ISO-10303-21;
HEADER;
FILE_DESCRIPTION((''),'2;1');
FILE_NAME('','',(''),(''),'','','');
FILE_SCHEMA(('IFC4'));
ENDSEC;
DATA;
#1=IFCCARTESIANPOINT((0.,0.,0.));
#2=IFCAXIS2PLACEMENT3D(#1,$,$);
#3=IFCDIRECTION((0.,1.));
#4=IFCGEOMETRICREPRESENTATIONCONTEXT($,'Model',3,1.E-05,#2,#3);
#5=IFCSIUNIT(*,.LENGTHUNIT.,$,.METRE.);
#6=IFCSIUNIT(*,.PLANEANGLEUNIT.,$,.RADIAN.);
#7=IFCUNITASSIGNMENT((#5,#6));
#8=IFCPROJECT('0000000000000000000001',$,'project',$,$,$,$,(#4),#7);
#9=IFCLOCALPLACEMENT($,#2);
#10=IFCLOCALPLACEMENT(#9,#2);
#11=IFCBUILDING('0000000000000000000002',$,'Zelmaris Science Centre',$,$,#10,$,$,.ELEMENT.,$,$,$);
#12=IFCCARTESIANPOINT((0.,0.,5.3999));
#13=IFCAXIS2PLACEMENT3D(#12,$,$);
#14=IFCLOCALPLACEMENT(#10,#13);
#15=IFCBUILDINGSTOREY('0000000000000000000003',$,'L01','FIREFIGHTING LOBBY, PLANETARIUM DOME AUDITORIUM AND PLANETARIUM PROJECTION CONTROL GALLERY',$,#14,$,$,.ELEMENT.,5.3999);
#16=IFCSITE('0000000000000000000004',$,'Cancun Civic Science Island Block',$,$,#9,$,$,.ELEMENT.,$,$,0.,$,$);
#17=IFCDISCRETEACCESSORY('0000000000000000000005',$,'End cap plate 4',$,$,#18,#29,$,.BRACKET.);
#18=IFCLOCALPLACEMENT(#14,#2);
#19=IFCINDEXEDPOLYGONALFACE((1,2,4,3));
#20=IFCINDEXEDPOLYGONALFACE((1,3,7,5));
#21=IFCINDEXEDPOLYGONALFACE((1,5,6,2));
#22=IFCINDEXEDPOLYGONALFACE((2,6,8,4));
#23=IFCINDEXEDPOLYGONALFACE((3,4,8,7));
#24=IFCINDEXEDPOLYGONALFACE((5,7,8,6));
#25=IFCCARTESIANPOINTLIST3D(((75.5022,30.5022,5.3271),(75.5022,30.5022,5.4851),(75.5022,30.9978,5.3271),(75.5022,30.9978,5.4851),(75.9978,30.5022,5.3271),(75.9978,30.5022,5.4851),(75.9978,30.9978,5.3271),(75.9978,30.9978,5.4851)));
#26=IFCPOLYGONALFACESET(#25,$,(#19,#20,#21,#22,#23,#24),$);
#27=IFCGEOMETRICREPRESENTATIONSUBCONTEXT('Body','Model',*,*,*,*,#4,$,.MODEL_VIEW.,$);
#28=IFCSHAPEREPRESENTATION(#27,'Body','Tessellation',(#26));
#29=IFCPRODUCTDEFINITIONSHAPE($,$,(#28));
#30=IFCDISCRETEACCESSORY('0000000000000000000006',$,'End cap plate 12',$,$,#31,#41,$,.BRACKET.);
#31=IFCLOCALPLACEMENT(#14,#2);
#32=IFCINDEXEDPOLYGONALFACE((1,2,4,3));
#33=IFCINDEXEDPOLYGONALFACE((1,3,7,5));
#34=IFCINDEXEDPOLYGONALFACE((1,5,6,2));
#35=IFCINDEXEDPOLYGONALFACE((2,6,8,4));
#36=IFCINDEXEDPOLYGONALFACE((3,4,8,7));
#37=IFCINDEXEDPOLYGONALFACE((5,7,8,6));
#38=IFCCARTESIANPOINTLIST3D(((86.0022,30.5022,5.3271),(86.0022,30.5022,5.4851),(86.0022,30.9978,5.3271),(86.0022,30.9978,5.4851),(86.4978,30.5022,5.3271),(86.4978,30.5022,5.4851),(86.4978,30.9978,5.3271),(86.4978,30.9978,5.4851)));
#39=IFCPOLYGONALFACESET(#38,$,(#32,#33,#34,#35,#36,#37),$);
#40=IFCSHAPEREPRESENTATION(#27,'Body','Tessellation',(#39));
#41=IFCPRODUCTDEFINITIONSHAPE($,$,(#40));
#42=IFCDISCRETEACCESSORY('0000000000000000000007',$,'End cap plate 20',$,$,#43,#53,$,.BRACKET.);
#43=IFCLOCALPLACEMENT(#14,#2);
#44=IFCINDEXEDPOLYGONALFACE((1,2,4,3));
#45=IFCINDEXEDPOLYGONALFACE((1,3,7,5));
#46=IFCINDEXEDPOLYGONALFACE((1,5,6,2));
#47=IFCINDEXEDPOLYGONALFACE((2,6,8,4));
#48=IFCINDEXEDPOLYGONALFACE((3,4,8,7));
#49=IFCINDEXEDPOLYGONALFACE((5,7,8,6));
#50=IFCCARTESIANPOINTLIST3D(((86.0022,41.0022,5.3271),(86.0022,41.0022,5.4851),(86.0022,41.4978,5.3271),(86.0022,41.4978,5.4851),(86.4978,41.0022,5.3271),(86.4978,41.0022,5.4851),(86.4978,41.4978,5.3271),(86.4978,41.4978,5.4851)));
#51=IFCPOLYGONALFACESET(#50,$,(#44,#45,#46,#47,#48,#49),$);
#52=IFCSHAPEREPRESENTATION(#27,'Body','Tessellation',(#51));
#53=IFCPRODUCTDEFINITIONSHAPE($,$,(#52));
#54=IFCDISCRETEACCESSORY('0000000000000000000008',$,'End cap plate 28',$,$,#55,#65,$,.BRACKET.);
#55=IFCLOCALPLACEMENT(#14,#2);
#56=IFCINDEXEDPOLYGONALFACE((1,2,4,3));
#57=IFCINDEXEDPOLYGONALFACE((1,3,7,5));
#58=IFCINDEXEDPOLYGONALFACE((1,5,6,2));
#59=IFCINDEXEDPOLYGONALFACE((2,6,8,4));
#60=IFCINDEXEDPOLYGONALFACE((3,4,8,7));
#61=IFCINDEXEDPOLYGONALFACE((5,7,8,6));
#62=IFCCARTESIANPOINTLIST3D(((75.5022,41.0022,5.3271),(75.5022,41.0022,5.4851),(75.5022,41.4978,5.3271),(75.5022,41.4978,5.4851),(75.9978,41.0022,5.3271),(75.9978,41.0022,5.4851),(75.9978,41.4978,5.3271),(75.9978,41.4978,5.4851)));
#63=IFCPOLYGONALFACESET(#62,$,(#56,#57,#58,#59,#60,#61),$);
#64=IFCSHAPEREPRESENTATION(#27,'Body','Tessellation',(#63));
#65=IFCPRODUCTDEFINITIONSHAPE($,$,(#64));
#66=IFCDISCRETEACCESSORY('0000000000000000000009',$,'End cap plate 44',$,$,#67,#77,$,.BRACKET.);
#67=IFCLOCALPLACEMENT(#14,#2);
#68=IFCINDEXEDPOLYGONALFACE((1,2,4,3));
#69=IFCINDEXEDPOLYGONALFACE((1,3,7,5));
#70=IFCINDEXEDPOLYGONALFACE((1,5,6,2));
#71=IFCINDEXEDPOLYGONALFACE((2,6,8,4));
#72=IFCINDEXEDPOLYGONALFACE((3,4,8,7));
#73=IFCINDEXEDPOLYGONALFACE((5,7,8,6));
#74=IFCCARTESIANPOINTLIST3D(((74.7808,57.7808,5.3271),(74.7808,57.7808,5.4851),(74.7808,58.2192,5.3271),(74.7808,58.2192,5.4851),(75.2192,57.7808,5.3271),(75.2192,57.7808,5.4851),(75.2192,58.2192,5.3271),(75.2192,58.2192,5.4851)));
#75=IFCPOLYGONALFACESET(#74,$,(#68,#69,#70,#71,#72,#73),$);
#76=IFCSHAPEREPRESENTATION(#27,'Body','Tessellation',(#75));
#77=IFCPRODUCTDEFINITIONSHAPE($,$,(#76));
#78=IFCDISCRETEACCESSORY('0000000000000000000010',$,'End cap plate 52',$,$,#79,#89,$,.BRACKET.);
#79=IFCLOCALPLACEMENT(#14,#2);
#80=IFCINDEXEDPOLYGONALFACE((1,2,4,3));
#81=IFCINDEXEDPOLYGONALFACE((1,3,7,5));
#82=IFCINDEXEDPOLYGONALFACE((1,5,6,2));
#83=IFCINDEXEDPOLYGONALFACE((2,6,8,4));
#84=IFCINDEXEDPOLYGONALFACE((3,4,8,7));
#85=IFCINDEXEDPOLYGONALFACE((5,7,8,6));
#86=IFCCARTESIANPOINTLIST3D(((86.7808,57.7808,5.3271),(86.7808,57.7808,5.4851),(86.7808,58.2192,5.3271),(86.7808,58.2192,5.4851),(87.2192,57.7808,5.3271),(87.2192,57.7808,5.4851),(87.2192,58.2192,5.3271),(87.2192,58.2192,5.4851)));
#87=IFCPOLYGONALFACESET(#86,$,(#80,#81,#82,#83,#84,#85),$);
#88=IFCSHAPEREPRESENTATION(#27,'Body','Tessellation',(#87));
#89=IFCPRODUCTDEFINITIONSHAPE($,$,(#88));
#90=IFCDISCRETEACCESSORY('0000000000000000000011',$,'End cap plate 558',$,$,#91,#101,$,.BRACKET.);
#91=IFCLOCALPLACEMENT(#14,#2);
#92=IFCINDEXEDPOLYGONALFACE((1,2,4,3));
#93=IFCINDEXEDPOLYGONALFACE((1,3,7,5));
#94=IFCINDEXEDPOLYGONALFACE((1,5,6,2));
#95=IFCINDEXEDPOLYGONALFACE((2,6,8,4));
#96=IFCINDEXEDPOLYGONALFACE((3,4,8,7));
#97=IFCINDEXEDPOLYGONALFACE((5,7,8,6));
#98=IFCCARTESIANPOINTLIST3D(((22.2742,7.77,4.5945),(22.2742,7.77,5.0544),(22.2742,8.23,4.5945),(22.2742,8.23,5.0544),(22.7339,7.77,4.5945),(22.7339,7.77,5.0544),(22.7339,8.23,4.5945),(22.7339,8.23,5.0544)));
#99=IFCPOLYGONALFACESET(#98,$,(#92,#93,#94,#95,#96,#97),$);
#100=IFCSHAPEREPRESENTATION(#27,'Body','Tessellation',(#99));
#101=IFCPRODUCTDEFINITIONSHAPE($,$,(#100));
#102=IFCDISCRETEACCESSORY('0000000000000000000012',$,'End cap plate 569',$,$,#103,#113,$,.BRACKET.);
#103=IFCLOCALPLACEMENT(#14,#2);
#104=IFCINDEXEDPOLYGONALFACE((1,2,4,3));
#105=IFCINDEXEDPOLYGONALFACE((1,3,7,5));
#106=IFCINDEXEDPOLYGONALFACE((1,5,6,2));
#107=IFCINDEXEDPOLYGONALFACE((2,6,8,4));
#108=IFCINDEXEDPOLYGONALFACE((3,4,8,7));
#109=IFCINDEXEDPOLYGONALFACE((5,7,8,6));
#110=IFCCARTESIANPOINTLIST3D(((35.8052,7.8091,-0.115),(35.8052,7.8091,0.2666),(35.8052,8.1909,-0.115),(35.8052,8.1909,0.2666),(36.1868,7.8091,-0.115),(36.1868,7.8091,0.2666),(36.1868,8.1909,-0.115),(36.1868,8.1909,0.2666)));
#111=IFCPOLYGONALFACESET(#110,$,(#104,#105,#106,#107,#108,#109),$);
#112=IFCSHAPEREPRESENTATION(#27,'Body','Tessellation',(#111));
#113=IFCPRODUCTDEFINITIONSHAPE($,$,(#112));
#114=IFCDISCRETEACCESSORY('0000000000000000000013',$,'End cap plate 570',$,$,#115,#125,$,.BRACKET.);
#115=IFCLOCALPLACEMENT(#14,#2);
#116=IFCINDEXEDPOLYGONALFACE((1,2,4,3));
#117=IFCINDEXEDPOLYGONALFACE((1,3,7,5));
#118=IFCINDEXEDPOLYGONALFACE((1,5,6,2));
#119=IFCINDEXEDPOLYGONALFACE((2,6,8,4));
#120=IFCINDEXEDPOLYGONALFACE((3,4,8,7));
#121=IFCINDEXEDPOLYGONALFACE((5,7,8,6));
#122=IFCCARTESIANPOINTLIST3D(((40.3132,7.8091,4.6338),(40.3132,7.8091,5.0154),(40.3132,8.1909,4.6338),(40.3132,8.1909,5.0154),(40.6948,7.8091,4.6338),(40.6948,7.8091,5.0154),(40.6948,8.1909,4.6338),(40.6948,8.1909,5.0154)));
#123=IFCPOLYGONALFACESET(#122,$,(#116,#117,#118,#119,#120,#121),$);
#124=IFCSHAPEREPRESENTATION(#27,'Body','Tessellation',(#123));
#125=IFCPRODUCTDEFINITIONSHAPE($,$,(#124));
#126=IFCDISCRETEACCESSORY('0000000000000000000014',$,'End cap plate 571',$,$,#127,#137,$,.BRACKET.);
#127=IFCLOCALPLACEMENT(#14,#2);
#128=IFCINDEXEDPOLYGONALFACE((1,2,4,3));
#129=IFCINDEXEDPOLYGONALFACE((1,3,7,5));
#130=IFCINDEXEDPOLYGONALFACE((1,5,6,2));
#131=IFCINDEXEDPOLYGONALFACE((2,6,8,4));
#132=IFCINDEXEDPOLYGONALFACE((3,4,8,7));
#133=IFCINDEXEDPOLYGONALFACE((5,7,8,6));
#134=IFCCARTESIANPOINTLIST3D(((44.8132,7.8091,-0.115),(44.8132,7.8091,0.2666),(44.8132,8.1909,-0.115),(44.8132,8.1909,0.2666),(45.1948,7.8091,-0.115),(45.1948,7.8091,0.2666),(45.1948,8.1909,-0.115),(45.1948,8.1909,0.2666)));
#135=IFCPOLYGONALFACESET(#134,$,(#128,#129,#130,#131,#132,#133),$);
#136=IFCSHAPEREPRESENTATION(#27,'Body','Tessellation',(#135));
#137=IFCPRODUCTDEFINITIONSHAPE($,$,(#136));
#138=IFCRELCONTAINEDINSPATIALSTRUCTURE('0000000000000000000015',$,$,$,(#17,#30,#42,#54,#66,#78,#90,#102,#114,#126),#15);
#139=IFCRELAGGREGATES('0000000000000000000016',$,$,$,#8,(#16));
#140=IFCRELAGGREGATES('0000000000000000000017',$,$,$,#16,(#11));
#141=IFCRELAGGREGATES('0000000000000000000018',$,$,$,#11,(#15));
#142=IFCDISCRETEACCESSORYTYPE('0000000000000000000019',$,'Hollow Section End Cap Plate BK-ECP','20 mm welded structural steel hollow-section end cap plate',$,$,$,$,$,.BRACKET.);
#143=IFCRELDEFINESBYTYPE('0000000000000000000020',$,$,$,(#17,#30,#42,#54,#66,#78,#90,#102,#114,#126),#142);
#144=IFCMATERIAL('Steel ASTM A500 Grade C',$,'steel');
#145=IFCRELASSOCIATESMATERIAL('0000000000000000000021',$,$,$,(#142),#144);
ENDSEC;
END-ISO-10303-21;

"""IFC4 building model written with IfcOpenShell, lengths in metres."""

from ifc_helpers import new_model, si_unit, direction, frame, origin, place, context, subcontext, project, spatial, polyline, outline, extrude, material, type_object, element, save


model = new_model("IFC4")

# Units and contexts
model_context = context("Model", 3, precision=1e-05, world=origin(), true_north=direction((0.0, 1.0)))
body_context = subcontext(model_context, "Body", "Model", "MODEL_VIEW")
ifc_project = project(units=[si_unit("LENGTHUNIT", "METRE"), si_unit("PLANEANGLEUNIT", "RADIAN")], contexts=[model_context])

# Site, building, storey
site_placement = place(None, origin())
site = spatial("IfcSite", under=ifc_project, at=site_placement, Name="Cancun Civic Science Island Block", CompositionType="ELEMENT", RefElevation=0.0)
building_placement = place(site_placement, origin())
building = spatial("IfcBuilding", under=site, at=building_placement, Name="Zelmaris Science Centre", CompositionType="ELEMENT")
storey_placement = place(building_placement, frame((0.0, 0.0, 5.3999)))
storey = spatial("IfcBuildingStorey", under=building, at=storey_placement, Name="L01", Description="FIREFIGHTING LOBBY, PLANETARIUM DOME AUDITORIUM AND PLANETARIUM PROJECTION CONTROL GALLERY", CompositionType="ELEMENT", Elevation=5.3999)

# Discrete accessories
ifc_material_1 = material(Name="Steel ASTM A500 Grade C", Category="steel")
discrete_accessory_type_1 = type_object("IfcDiscreteAccessoryType", Name="Hollow Section End Cap Plate BK-ECP", Description="20 mm welded structural steel hollow-section end cap plate", PredefinedType="BRACKET", material=ifc_material_1)
discrete_accessory_1_placement = place(storey_placement, frame((0.0, 0.0, 5.3271)))
element("IfcDiscreteAccessory", 1, at=discrete_accessory_1_placement, inside=storey, type_object=discrete_accessory_type_1, Name="End cap plate 4", PredefinedType="BRACKET", context=body_context, shape_type="SweptSolid", body=[
    extrude(outline(polyline([(75.5022, 30.5022), (75.9978, 30.5022), (75.9978, 30.9978), (75.5022, 30.9978), (75.5022, 30.5022)])), origin(), (0.0, 0.0, 1.0), 0.158),
])
discrete_accessory_2_placement = place(storey_placement, frame((0.0, 0.0, 5.3271)))
element("IfcDiscreteAccessory", 2, at=discrete_accessory_2_placement, inside=storey, type_object=discrete_accessory_type_1, Name="End cap plate 12", PredefinedType="BRACKET", context=body_context, shape_type="SweptSolid", body=[
    extrude(outline(polyline([(86.0022, 30.5022), (86.4978, 30.5022), (86.4978, 30.9978), (86.0022, 30.9978), (86.0022, 30.5022)])), origin(), (0.0, 0.0, 1.0), 0.158),
])
discrete_accessory_3_placement = place(storey_placement, frame((0.0, 0.0, 5.3271)))
element("IfcDiscreteAccessory", 3, at=discrete_accessory_3_placement, inside=storey, type_object=discrete_accessory_type_1, Name="End cap plate 20", PredefinedType="BRACKET", context=body_context, shape_type="SweptSolid", body=[
    extrude(outline(polyline([(86.0022, 41.0022), (86.4978, 41.0022), (86.4978, 41.4978), (86.0022, 41.4978), (86.0022, 41.0022)])), origin(), (0.0, 0.0, 1.0), 0.158),
])
discrete_accessory_4_placement = place(storey_placement, frame((0.0, 0.0, 5.3271)))
element("IfcDiscreteAccessory", 4, at=discrete_accessory_4_placement, inside=storey, type_object=discrete_accessory_type_1, Name="End cap plate 28", PredefinedType="BRACKET", context=body_context, shape_type="SweptSolid", body=[
    extrude(outline(polyline([(75.5022, 41.0022), (75.9978, 41.0022), (75.9978, 41.4978), (75.5022, 41.4978), (75.5022, 41.0022)])), origin(), (0.0, 0.0, 1.0), 0.158),
])
discrete_accessory_5_placement = place(storey_placement, frame((0.0, 0.0, 5.3271)))
element("IfcDiscreteAccessory", 5, at=discrete_accessory_5_placement, inside=storey, type_object=discrete_accessory_type_1, Name="End cap plate 44", PredefinedType="BRACKET", context=body_context, shape_type="SweptSolid", body=[
    extrude(outline(polyline([(74.7808, 57.7808), (75.2192, 57.7808), (75.2192, 58.2192), (74.7808, 58.2192), (74.7808, 57.7808)])), origin(), (0.0, 0.0, 1.0), 0.158),
])
discrete_accessory_6_placement = place(storey_placement, frame((0.0, 0.0, 5.3271)))
element("IfcDiscreteAccessory", 6, at=discrete_accessory_6_placement, inside=storey, type_object=discrete_accessory_type_1, Name="End cap plate 52", PredefinedType="BRACKET", context=body_context, shape_type="SweptSolid", body=[
    extrude(outline(polyline([(86.7808, 57.7808), (87.2192, 57.7808), (87.2192, 58.2192), (86.7808, 58.2192), (86.7808, 57.7808)])), origin(), (0.0, 0.0, 1.0), 0.158),
])
discrete_accessory_7_placement = place(storey_placement, frame((0.0, 0.0, 4.5945)))
element("IfcDiscreteAccessory", 7, at=discrete_accessory_7_placement, inside=storey, type_object=discrete_accessory_type_1, Name="End cap plate 558", PredefinedType="BRACKET", context=body_context, shape_type="SweptSolid", body=[
    extrude(outline(polyline([(22.2742, 7.77), (22.7339, 7.77), (22.7339, 8.23), (22.2742, 8.23), (22.2742, 7.77)])), origin(), (0.0, 0.0, 1.0), 0.46),
])
discrete_accessory_8_placement = place(storey_placement, frame((0.0, 0.0, -0.115)))
element("IfcDiscreteAccessory", 8, at=discrete_accessory_8_placement, inside=storey, type_object=discrete_accessory_type_1, Name="End cap plate 569", PredefinedType="BRACKET", context=body_context, shape_type="SweptSolid", body=[
    extrude(outline(polyline([(35.8052, 7.8091), (36.1868, 7.8091), (36.1868, 8.1909), (35.8052, 8.1909), (35.8052, 7.8091)])), origin(), (0.0, 0.0, 1.0), 0.3816),
])
discrete_accessory_9_placement = place(storey_placement, frame((0.0, 0.0, 4.6338)))
element("IfcDiscreteAccessory", 9, at=discrete_accessory_9_placement, inside=storey, type_object=discrete_accessory_type_1, Name="End cap plate 570", PredefinedType="BRACKET", context=body_context, shape_type="SweptSolid", body=[
    extrude(outline(polyline([(40.3132, 7.8091), (40.6948, 7.8091), (40.6948, 8.1909), (40.3132, 8.1909), (40.3132, 7.8091)])), origin(), (0.0, 0.0, 1.0), 0.3816),
])
discrete_accessory_10_placement = place(storey_placement, frame((0.0, 0.0, -0.115)))
element("IfcDiscreteAccessory", 10, at=discrete_accessory_10_placement, inside=storey, type_object=discrete_accessory_type_1, Name="End cap plate 571", PredefinedType="BRACKET", context=body_context, shape_type="SweptSolid", body=[
    extrude(outline(polyline([(44.8132, 7.8091), (45.1948, 7.8091), (45.1948, 8.1909), (44.8132, 8.1909), (44.8132, 7.8091)])), origin(), (0.0, 0.0, 1.0), 0.3816),
])

save(model, "model.ifc")
